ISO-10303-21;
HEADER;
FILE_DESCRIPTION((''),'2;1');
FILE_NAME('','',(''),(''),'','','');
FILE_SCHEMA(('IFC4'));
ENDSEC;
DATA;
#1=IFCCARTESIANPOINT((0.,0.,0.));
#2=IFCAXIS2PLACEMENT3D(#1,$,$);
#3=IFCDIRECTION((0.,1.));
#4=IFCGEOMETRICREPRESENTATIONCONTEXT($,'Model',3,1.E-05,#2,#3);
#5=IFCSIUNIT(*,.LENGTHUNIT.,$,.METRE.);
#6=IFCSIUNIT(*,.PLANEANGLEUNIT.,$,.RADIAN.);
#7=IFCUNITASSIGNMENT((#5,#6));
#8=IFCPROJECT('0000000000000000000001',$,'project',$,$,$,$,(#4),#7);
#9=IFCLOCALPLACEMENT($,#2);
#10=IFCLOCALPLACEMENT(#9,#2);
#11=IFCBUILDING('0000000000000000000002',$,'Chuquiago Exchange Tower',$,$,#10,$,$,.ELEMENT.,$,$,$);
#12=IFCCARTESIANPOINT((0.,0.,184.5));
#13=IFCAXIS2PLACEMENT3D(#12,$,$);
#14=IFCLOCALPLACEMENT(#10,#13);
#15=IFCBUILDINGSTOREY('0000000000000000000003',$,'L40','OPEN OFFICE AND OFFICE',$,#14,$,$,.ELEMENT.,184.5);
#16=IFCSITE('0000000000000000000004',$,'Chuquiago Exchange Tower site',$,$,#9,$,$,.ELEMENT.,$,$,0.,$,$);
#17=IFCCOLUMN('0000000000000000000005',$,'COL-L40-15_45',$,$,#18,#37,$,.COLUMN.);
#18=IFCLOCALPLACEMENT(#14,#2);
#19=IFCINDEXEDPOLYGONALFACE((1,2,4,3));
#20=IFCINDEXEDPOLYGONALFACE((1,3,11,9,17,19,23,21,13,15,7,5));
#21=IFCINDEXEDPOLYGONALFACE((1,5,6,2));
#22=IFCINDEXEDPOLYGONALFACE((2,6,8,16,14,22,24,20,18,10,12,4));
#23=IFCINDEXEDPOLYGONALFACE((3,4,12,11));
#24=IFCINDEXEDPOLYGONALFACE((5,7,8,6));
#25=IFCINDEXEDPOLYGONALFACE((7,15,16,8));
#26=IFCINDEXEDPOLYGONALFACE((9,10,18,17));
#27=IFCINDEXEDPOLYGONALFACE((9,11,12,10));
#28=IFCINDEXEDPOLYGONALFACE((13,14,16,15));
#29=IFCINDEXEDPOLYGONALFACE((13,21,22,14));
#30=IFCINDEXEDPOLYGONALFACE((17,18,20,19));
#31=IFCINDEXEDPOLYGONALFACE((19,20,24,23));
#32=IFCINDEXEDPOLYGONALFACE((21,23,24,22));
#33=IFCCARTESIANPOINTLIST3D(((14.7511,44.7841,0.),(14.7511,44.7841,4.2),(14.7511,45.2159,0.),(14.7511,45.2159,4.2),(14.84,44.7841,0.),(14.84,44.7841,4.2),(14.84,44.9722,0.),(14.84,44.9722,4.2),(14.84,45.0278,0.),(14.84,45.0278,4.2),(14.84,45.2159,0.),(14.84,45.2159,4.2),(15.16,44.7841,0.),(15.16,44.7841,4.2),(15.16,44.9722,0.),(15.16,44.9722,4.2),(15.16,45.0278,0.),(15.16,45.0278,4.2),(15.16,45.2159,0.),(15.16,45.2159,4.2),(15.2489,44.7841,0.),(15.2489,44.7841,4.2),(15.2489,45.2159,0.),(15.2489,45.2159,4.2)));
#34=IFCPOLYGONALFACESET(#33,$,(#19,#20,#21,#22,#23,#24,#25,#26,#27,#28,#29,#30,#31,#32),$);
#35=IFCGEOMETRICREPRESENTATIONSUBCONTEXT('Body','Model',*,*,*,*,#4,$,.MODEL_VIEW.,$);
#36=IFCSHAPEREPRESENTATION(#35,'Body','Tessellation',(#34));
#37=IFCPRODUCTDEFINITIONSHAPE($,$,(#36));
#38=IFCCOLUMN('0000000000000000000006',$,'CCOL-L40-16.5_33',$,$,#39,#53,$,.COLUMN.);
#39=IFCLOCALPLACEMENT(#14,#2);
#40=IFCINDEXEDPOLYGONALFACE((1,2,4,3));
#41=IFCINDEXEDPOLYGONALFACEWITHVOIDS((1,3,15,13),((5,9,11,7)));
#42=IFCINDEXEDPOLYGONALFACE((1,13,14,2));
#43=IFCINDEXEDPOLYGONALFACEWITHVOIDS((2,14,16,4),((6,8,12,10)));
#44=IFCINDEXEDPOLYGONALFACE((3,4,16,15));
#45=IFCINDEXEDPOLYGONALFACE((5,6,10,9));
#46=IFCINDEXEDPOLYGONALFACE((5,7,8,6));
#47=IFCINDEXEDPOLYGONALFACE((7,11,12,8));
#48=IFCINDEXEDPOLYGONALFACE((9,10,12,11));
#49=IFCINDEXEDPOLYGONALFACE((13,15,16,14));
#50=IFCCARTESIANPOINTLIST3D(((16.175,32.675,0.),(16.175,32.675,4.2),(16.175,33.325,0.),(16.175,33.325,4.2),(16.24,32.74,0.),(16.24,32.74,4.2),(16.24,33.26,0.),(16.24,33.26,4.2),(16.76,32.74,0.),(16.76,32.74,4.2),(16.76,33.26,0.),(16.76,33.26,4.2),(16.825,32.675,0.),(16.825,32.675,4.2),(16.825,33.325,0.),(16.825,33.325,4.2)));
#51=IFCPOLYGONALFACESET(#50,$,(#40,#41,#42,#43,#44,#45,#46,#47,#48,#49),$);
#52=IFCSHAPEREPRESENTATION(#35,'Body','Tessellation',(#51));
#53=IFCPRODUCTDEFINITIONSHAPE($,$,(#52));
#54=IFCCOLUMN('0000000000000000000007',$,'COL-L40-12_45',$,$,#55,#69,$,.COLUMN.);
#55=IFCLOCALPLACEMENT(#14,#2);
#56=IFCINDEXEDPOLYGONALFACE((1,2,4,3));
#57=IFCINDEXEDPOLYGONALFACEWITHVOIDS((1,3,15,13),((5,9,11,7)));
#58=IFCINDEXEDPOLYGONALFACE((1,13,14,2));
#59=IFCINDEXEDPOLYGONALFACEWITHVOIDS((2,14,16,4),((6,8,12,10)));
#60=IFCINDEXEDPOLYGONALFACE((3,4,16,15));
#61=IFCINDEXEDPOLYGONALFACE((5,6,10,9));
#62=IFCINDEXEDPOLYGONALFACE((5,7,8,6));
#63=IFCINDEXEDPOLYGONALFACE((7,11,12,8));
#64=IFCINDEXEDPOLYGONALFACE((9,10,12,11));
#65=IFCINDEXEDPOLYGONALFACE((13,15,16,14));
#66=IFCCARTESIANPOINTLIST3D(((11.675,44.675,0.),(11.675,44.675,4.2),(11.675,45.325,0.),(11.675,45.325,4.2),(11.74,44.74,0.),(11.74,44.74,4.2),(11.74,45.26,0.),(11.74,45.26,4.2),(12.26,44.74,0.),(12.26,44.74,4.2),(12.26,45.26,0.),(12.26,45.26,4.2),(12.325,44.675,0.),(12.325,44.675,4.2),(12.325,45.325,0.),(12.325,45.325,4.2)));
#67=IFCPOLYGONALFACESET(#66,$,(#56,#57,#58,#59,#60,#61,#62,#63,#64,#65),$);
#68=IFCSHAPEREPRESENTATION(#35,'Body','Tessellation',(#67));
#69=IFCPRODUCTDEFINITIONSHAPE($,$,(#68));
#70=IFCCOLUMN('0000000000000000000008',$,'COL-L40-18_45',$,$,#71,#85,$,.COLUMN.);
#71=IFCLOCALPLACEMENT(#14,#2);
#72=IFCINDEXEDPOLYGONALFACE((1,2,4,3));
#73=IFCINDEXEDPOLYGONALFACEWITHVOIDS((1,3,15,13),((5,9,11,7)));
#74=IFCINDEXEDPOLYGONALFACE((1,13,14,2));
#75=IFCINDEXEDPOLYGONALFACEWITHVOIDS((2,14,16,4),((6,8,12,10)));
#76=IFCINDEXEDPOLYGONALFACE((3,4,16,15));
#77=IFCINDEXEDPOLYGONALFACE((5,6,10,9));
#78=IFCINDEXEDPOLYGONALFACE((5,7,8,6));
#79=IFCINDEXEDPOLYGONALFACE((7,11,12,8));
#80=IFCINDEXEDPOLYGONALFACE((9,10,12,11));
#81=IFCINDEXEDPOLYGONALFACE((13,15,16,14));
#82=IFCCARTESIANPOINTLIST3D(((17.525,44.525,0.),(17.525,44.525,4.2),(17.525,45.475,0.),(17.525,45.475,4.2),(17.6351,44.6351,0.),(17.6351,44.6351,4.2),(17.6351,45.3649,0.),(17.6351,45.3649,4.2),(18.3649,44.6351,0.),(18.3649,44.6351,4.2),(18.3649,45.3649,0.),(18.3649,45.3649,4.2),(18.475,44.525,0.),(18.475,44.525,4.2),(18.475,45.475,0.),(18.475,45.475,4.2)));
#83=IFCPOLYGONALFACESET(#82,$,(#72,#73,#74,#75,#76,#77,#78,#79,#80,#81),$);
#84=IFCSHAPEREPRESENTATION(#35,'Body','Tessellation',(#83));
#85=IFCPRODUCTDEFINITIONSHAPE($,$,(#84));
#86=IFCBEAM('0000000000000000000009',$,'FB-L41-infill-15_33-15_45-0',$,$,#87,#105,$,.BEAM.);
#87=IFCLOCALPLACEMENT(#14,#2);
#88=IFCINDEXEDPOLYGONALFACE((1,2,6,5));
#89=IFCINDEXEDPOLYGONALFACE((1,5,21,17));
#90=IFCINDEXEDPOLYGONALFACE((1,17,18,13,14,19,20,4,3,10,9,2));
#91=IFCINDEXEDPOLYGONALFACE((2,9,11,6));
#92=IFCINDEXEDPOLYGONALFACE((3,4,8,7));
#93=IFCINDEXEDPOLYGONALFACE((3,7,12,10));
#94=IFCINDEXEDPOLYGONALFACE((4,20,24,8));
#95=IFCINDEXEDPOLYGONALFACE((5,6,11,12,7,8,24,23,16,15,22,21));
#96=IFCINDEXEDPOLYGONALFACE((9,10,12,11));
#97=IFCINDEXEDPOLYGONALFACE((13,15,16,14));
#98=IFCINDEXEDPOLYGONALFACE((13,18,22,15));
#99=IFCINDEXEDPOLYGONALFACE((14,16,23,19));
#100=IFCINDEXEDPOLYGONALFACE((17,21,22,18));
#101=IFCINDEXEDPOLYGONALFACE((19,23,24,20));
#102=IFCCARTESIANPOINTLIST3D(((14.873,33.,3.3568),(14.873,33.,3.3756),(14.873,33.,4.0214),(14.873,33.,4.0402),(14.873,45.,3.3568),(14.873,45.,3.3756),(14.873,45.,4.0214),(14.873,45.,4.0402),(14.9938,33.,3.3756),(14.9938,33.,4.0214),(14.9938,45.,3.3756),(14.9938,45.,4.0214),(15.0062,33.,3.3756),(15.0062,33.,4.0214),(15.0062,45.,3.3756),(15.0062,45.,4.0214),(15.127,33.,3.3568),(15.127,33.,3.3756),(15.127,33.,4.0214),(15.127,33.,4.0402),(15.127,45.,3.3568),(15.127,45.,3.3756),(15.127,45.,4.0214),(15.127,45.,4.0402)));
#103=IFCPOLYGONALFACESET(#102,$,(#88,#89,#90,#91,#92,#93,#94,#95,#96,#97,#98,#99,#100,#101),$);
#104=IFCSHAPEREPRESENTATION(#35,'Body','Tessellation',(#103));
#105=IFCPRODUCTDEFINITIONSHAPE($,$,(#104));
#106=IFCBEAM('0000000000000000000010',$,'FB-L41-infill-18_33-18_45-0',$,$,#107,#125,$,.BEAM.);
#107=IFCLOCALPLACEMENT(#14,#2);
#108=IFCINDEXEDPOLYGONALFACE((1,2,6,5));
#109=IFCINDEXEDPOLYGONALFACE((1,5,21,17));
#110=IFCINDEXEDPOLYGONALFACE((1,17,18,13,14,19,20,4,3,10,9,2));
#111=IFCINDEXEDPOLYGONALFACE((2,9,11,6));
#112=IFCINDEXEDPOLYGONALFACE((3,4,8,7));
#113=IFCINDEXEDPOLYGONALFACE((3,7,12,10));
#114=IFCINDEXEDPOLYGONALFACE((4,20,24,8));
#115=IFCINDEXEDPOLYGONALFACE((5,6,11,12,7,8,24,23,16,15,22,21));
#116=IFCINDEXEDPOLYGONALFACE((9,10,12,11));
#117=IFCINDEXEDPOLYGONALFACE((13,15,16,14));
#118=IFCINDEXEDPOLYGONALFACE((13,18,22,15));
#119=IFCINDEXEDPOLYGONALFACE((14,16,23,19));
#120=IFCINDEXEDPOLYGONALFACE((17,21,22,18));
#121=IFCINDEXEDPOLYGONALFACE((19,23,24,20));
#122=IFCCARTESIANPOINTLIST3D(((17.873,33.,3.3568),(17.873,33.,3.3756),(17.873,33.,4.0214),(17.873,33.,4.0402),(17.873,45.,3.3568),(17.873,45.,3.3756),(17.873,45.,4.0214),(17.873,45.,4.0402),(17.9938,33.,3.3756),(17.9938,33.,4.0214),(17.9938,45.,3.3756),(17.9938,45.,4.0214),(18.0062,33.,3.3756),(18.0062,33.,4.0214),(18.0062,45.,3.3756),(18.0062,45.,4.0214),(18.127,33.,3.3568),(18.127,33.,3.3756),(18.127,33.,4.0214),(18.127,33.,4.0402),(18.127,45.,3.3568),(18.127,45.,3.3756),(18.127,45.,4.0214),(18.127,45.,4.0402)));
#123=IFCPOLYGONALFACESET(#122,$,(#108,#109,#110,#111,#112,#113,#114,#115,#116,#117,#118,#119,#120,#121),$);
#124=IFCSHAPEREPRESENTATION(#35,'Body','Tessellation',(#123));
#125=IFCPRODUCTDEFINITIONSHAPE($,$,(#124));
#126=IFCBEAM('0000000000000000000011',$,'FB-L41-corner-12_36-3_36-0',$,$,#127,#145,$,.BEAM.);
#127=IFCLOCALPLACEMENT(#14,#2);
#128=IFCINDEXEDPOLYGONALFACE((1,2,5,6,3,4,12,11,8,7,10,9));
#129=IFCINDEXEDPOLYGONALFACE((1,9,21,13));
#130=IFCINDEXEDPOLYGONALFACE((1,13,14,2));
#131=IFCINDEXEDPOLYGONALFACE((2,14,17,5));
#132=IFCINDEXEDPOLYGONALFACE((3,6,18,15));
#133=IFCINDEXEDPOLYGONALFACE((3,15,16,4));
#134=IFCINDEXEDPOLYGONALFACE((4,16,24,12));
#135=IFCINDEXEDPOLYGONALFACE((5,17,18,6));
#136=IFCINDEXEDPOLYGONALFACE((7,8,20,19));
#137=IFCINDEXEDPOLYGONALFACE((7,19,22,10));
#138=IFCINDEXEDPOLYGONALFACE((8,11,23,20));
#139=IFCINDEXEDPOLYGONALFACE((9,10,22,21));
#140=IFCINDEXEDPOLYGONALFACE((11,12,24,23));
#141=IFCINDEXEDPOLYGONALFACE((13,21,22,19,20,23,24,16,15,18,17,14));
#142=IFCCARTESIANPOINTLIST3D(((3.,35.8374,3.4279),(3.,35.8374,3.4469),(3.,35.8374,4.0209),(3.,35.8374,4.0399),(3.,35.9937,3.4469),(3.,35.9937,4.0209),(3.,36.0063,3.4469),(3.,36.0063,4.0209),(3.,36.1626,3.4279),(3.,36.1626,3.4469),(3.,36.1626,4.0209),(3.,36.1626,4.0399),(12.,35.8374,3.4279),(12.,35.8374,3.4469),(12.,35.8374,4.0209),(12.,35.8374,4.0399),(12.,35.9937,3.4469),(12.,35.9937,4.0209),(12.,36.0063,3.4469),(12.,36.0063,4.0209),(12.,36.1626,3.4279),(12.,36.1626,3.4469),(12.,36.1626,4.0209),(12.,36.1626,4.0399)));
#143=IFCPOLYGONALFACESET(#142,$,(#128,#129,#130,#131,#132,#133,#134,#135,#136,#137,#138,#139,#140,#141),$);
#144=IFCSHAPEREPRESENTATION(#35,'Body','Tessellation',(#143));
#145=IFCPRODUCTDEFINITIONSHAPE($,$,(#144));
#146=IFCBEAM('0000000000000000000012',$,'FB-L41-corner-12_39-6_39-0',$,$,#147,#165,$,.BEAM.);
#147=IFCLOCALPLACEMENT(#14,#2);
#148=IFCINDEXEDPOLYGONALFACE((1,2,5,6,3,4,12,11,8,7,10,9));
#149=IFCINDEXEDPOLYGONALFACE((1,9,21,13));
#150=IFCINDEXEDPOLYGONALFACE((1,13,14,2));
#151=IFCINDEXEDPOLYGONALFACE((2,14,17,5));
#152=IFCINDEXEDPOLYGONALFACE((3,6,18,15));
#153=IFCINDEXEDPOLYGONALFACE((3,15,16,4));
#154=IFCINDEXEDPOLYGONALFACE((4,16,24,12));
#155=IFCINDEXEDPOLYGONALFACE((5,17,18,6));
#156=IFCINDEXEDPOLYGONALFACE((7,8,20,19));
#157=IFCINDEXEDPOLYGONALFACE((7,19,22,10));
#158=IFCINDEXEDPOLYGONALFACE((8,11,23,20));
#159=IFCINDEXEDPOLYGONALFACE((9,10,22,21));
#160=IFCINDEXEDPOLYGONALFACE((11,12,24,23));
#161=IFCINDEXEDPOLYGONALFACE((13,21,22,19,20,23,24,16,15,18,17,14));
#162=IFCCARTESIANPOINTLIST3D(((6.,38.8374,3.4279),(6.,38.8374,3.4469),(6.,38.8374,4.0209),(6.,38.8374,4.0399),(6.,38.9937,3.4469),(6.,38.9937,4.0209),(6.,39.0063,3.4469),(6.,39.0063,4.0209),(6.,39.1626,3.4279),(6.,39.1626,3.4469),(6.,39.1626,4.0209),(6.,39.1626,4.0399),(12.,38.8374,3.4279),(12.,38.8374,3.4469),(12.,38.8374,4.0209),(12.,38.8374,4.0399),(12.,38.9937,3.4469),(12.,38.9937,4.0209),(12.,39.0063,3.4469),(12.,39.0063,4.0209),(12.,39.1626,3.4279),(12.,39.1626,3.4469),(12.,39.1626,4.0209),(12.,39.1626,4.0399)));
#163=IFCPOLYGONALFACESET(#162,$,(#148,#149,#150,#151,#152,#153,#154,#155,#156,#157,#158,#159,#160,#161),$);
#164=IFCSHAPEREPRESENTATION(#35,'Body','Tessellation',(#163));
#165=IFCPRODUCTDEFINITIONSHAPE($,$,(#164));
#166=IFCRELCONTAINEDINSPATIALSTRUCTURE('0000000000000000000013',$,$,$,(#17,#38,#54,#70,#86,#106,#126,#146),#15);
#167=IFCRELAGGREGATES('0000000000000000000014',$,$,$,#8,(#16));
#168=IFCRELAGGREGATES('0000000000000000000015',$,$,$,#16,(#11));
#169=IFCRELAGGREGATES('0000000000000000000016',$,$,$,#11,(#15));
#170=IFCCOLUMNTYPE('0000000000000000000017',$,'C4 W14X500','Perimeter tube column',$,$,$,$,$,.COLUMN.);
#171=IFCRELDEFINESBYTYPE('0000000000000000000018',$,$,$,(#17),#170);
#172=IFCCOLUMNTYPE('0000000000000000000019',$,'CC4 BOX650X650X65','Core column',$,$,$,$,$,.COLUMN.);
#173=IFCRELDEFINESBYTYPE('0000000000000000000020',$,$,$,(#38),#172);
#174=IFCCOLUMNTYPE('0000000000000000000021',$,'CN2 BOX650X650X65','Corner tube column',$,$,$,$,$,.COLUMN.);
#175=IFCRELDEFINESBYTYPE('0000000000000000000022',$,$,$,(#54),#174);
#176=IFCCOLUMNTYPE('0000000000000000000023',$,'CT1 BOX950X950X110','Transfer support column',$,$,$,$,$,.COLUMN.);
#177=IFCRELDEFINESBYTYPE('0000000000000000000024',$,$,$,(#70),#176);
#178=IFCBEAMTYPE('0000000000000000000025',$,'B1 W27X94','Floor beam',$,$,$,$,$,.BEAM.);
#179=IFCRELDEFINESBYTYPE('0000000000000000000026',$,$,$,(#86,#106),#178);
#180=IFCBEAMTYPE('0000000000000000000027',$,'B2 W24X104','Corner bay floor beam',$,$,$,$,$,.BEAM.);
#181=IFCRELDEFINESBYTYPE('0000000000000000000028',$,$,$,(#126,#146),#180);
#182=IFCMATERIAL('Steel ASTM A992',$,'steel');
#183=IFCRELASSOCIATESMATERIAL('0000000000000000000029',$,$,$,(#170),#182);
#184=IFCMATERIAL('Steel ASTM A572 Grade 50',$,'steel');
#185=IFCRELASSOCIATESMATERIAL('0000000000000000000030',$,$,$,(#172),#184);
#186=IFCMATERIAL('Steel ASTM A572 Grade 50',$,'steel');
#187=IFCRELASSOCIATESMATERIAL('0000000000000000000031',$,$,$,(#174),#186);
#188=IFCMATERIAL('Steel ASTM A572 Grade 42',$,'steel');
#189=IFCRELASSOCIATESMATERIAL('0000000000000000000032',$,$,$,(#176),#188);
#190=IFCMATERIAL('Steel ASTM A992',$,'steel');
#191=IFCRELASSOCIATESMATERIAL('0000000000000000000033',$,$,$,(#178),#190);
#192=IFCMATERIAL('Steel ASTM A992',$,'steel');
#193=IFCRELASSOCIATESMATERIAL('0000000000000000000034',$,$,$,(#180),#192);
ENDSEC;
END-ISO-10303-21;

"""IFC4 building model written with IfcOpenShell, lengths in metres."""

from ifc_helpers import new_model, si_unit, direction, frame, origin, origin_2d, place, context, subcontext, project, spatial, hollow_rectangle, i_section, extrude, material, material_profile, profile_set, type_object, element, save


model = new_model("IFC4")

# Units and contexts
model_context = context("Model", 3, precision=1e-05, world=origin(), true_north=direction((0.0, 1.0)))
body_context = subcontext(model_context, "Body", "Model", "MODEL_VIEW")
ifc_project = project(units=[si_unit("LENGTHUNIT", "METRE"), si_unit("PLANEANGLEUNIT", "RADIAN")], contexts=[model_context])

# Site, building, storey
site_placement = place(None, origin())
site = spatial("IfcSite", under=ifc_project, at=site_placement, Name="Chuquiago Exchange Tower site", CompositionType="ELEMENT", RefElevation=0.0)
building_placement = place(site_placement, origin())
building = spatial("IfcBuilding", under=site, at=building_placement, Name="Chuquiago Exchange Tower", CompositionType="ELEMENT")
storey_placement = place(building_placement, frame((0.0, 0.0, 184.5)))
storey = spatial("IfcBuildingStorey", under=building, at=storey_placement, Name="L40", Description="OPEN OFFICE AND OFFICE", CompositionType="ELEMENT", Elevation=184.5)

# Columns
ifc_material_1 = material(Name="Steel ASTM A992", Category="steel")
ifc_material_profile_1 = material_profile(ifc_material_1, i_section(OverallWidth=0.4319, OverallDepth=0.4978, WebThickness=0.0557, FlangeThickness=0.0889, at=origin_2d()), Name="W14X500")
ifc_profile_set_1 = profile_set([ifc_material_profile_1], Name="Steel ASTM A992")
column_type_1 = type_object("IfcColumnType", Name="C4 W14X500", Description="Perimeter tube column", PredefinedType="COLUMN", material=ifc_profile_set_1)
column_1_placement = place(storey_placement, frame((15.0, 45.0, 0.0), z_axis=(0.0, 0.0, 1.0), x_axis=(0.0, 1.0, 0.0)))
element("IfcColumn", 1, at=column_1_placement, inside=storey, type_object=column_type_1, Name="COL-L40-15_45", PredefinedType="COLUMN", context=body_context, shape_type="SweptSolid", body=[
    extrude(i_section(OverallWidth=0.4319, OverallDepth=0.4978, WebThickness=0.0557, FlangeThickness=0.0889, at=origin_2d()), origin(), (0.0, 0.0, 1.0), 4.2),
])
ifc_material_2 = material(Name="Steel ASTM A572 Grade 50", Category="steel")
ifc_material_profile_2 = material_profile(ifc_material_2, hollow_rectangle(XDim=0.6499, YDim=0.6499, WallThickness=0.0649, at=origin_2d()), Name="BOX650X650X65")
ifc_profile_set_2 = profile_set([ifc_material_profile_2], Name="Steel ASTM A572 Grade 50")
column_type_2 = type_object("IfcColumnType", Name="CC4 BOX650X650X65", Description="Core column", PredefinedType="COLUMN", material=ifc_profile_set_2)
column_2_placement = place(storey_placement, frame((16.5, 33.0, 0.0), z_axis=(0.0, 0.0, 1.0), x_axis=(1.0, 0.0, 0.0)))
element("IfcColumn", 2, at=column_2_placement, inside=storey, type_object=column_type_2, Name="CCOL-L40-16.5_33", PredefinedType="COLUMN", context=body_context, shape_type="SweptSolid", body=[
    extrude(hollow_rectangle(XDim=0.6499, YDim=0.6499, WallThickness=0.0649, at=origin_2d()), origin(), (0.0, 0.0, 1.0), 4.2),
])
ifc_material_3 = material(Name="Steel ASTM A572 Grade 50", Category="steel")
ifc_material_profile_3 = material_profile(ifc_material_3, hollow_rectangle(XDim=0.6499, YDim=0.6499, WallThickness=0.0649, at=origin_2d()), Name="BOX650X650X65")
ifc_profile_set_3 = profile_set([ifc_material_profile_3], Name="Steel ASTM A572 Grade 50")
column_type_3 = type_object("IfcColumnType", Name="CN2 BOX650X650X65", Description="Corner tube column", PredefinedType="COLUMN", material=ifc_profile_set_3)
column_3_placement = place(storey_placement, frame((12.0, 45.0, 0.0), z_axis=(0.0, 0.0, 1.0), x_axis=(0.0, 1.0, 0.0)))
element("IfcColumn", 3, at=column_3_placement, inside=storey, type_object=column_type_3, Name="COL-L40-12_45", PredefinedType="COLUMN", context=body_context, shape_type="SweptSolid", body=[
    extrude(hollow_rectangle(XDim=0.6499, YDim=0.6499, WallThickness=0.0649, at=origin_2d()), origin(), (0.0, 0.0, 1.0), 4.2),
])
ifc_material_4 = material(Name="Steel ASTM A572 Grade 42", Category="steel")
ifc_material_profile_4 = material_profile(ifc_material_4, hollow_rectangle(XDim=0.95, YDim=0.95, WallThickness=0.1101, at=origin_2d()), Name="BOX950X950X110")
ifc_profile_set_4 = profile_set([ifc_material_profile_4], Name="Steel ASTM A572 Grade 42")
column_type_4 = type_object("IfcColumnType", Name="CT1 BOX950X950X110", Description="Transfer support column", PredefinedType="COLUMN", material=ifc_profile_set_4)
column_4_placement = place(storey_placement, frame((18.0, 45.0, 0.0), z_axis=(0.0, 0.0, 1.0), x_axis=(0.0, 1.0, 0.0)))
element("IfcColumn", 4, at=column_4_placement, inside=storey, type_object=column_type_4, Name="COL-L40-18_45", PredefinedType="COLUMN", context=body_context, shape_type="SweptSolid", body=[
    extrude(hollow_rectangle(XDim=0.95, YDim=0.95, WallThickness=0.1101, at=origin_2d()), origin(), (0.0, 0.0, 1.0), 4.2),
])

# Beams
ifc_material_5 = material(Name="Steel ASTM A992", Category="steel")
ifc_material_profile_5 = material_profile(ifc_material_5, i_section(OverallWidth=0.2539, OverallDepth=0.6833, WebThickness=0.0125, FlangeThickness=0.0188, at=origin_2d()), Name="W27X94")
ifc_profile_set_5 = profile_set([ifc_material_profile_5], Name="Steel ASTM A992")
beam_type_1 = type_object("IfcBeamType", Name="B1 W27X94", Description="Floor beam", PredefinedType="BEAM", material=ifc_profile_set_5)
for number, where, z_axis, x_axis, name in (
    (5, (15.0, 33.0, 3.6985), (0.0, 1.0, 0.0), (-1.0, 0.0, 0.0), "FB-L41-infill-15_33-15_45-0"),
    (6, (18.0, 33.0, 3.6985), (0.0, 1.0, 0.0), (-1.0, 0.0, 0.0), "FB-L41-infill-18_33-18_45-0"),
):
    element("IfcBeam", number, at=place(storey_placement, frame(where, z_axis=z_axis, x_axis=x_axis)), inside=storey, type_object=beam_type_1, Name=name, PredefinedType="BEAM", context=body_context, shape_type="SweptSolid", body=[
        extrude(i_section(OverallWidth=0.2539, OverallDepth=0.6833, WebThickness=0.0125, FlangeThickness=0.0188, at=origin_2d()), origin(), (0.0, 0.0, 1.0), 12.0),
    ])
ifc_material_6 = material(Name="Steel ASTM A992", Category="steel")
ifc_material_profile_6 = material_profile(ifc_material_6, i_section(OverallWidth=0.3252, OverallDepth=0.6121, WebThickness=0.0127, FlangeThickness=0.019, at=origin_2d()), Name="W24X104")
ifc_profile_set_6 = profile_set([ifc_material_profile_6], Name="Steel ASTM A992")
beam_type_2 = type_object("IfcBeamType", Name="B2 W24X104", Description="Corner bay floor beam", PredefinedType="BEAM", material=ifc_profile_set_6)
beam_1_placement = place(storey_placement, frame((12.0, 36.0, 3.7339), z_axis=(-1.0, 0.0, 0.0), x_axis=(0.0, -1.0, 0.0)))
element("IfcBeam", 7, at=beam_1_placement, inside=storey, type_object=beam_type_2, Name="FB-L41-corner-12_36-3_36-0", PredefinedType="BEAM", context=body_context, shape_type="SweptSolid", body=[
    extrude(i_section(OverallWidth=0.3252, OverallDepth=0.6121, WebThickness=0.0127, FlangeThickness=0.019, at=origin_2d()), origin(), (0.0, 0.0, 1.0), 9.0),
])
beam_2_placement = place(storey_placement, frame((12.0, 39.0, 3.7339), z_axis=(-1.0, 0.0, 0.0), x_axis=(0.0, -1.0, 0.0)))
element("IfcBeam", 8, at=beam_2_placement, inside=storey, type_object=beam_type_2, Name="FB-L41-corner-12_39-6_39-0", PredefinedType="BEAM", context=body_context, shape_type="SweptSolid", body=[
    extrude(i_section(OverallWidth=0.3252, OverallDepth=0.6121, WebThickness=0.0127, FlangeThickness=0.019, at=origin_2d()), origin(), (0.0, 0.0, 1.0), 6.0),
])

save(model, "model.ifc")
